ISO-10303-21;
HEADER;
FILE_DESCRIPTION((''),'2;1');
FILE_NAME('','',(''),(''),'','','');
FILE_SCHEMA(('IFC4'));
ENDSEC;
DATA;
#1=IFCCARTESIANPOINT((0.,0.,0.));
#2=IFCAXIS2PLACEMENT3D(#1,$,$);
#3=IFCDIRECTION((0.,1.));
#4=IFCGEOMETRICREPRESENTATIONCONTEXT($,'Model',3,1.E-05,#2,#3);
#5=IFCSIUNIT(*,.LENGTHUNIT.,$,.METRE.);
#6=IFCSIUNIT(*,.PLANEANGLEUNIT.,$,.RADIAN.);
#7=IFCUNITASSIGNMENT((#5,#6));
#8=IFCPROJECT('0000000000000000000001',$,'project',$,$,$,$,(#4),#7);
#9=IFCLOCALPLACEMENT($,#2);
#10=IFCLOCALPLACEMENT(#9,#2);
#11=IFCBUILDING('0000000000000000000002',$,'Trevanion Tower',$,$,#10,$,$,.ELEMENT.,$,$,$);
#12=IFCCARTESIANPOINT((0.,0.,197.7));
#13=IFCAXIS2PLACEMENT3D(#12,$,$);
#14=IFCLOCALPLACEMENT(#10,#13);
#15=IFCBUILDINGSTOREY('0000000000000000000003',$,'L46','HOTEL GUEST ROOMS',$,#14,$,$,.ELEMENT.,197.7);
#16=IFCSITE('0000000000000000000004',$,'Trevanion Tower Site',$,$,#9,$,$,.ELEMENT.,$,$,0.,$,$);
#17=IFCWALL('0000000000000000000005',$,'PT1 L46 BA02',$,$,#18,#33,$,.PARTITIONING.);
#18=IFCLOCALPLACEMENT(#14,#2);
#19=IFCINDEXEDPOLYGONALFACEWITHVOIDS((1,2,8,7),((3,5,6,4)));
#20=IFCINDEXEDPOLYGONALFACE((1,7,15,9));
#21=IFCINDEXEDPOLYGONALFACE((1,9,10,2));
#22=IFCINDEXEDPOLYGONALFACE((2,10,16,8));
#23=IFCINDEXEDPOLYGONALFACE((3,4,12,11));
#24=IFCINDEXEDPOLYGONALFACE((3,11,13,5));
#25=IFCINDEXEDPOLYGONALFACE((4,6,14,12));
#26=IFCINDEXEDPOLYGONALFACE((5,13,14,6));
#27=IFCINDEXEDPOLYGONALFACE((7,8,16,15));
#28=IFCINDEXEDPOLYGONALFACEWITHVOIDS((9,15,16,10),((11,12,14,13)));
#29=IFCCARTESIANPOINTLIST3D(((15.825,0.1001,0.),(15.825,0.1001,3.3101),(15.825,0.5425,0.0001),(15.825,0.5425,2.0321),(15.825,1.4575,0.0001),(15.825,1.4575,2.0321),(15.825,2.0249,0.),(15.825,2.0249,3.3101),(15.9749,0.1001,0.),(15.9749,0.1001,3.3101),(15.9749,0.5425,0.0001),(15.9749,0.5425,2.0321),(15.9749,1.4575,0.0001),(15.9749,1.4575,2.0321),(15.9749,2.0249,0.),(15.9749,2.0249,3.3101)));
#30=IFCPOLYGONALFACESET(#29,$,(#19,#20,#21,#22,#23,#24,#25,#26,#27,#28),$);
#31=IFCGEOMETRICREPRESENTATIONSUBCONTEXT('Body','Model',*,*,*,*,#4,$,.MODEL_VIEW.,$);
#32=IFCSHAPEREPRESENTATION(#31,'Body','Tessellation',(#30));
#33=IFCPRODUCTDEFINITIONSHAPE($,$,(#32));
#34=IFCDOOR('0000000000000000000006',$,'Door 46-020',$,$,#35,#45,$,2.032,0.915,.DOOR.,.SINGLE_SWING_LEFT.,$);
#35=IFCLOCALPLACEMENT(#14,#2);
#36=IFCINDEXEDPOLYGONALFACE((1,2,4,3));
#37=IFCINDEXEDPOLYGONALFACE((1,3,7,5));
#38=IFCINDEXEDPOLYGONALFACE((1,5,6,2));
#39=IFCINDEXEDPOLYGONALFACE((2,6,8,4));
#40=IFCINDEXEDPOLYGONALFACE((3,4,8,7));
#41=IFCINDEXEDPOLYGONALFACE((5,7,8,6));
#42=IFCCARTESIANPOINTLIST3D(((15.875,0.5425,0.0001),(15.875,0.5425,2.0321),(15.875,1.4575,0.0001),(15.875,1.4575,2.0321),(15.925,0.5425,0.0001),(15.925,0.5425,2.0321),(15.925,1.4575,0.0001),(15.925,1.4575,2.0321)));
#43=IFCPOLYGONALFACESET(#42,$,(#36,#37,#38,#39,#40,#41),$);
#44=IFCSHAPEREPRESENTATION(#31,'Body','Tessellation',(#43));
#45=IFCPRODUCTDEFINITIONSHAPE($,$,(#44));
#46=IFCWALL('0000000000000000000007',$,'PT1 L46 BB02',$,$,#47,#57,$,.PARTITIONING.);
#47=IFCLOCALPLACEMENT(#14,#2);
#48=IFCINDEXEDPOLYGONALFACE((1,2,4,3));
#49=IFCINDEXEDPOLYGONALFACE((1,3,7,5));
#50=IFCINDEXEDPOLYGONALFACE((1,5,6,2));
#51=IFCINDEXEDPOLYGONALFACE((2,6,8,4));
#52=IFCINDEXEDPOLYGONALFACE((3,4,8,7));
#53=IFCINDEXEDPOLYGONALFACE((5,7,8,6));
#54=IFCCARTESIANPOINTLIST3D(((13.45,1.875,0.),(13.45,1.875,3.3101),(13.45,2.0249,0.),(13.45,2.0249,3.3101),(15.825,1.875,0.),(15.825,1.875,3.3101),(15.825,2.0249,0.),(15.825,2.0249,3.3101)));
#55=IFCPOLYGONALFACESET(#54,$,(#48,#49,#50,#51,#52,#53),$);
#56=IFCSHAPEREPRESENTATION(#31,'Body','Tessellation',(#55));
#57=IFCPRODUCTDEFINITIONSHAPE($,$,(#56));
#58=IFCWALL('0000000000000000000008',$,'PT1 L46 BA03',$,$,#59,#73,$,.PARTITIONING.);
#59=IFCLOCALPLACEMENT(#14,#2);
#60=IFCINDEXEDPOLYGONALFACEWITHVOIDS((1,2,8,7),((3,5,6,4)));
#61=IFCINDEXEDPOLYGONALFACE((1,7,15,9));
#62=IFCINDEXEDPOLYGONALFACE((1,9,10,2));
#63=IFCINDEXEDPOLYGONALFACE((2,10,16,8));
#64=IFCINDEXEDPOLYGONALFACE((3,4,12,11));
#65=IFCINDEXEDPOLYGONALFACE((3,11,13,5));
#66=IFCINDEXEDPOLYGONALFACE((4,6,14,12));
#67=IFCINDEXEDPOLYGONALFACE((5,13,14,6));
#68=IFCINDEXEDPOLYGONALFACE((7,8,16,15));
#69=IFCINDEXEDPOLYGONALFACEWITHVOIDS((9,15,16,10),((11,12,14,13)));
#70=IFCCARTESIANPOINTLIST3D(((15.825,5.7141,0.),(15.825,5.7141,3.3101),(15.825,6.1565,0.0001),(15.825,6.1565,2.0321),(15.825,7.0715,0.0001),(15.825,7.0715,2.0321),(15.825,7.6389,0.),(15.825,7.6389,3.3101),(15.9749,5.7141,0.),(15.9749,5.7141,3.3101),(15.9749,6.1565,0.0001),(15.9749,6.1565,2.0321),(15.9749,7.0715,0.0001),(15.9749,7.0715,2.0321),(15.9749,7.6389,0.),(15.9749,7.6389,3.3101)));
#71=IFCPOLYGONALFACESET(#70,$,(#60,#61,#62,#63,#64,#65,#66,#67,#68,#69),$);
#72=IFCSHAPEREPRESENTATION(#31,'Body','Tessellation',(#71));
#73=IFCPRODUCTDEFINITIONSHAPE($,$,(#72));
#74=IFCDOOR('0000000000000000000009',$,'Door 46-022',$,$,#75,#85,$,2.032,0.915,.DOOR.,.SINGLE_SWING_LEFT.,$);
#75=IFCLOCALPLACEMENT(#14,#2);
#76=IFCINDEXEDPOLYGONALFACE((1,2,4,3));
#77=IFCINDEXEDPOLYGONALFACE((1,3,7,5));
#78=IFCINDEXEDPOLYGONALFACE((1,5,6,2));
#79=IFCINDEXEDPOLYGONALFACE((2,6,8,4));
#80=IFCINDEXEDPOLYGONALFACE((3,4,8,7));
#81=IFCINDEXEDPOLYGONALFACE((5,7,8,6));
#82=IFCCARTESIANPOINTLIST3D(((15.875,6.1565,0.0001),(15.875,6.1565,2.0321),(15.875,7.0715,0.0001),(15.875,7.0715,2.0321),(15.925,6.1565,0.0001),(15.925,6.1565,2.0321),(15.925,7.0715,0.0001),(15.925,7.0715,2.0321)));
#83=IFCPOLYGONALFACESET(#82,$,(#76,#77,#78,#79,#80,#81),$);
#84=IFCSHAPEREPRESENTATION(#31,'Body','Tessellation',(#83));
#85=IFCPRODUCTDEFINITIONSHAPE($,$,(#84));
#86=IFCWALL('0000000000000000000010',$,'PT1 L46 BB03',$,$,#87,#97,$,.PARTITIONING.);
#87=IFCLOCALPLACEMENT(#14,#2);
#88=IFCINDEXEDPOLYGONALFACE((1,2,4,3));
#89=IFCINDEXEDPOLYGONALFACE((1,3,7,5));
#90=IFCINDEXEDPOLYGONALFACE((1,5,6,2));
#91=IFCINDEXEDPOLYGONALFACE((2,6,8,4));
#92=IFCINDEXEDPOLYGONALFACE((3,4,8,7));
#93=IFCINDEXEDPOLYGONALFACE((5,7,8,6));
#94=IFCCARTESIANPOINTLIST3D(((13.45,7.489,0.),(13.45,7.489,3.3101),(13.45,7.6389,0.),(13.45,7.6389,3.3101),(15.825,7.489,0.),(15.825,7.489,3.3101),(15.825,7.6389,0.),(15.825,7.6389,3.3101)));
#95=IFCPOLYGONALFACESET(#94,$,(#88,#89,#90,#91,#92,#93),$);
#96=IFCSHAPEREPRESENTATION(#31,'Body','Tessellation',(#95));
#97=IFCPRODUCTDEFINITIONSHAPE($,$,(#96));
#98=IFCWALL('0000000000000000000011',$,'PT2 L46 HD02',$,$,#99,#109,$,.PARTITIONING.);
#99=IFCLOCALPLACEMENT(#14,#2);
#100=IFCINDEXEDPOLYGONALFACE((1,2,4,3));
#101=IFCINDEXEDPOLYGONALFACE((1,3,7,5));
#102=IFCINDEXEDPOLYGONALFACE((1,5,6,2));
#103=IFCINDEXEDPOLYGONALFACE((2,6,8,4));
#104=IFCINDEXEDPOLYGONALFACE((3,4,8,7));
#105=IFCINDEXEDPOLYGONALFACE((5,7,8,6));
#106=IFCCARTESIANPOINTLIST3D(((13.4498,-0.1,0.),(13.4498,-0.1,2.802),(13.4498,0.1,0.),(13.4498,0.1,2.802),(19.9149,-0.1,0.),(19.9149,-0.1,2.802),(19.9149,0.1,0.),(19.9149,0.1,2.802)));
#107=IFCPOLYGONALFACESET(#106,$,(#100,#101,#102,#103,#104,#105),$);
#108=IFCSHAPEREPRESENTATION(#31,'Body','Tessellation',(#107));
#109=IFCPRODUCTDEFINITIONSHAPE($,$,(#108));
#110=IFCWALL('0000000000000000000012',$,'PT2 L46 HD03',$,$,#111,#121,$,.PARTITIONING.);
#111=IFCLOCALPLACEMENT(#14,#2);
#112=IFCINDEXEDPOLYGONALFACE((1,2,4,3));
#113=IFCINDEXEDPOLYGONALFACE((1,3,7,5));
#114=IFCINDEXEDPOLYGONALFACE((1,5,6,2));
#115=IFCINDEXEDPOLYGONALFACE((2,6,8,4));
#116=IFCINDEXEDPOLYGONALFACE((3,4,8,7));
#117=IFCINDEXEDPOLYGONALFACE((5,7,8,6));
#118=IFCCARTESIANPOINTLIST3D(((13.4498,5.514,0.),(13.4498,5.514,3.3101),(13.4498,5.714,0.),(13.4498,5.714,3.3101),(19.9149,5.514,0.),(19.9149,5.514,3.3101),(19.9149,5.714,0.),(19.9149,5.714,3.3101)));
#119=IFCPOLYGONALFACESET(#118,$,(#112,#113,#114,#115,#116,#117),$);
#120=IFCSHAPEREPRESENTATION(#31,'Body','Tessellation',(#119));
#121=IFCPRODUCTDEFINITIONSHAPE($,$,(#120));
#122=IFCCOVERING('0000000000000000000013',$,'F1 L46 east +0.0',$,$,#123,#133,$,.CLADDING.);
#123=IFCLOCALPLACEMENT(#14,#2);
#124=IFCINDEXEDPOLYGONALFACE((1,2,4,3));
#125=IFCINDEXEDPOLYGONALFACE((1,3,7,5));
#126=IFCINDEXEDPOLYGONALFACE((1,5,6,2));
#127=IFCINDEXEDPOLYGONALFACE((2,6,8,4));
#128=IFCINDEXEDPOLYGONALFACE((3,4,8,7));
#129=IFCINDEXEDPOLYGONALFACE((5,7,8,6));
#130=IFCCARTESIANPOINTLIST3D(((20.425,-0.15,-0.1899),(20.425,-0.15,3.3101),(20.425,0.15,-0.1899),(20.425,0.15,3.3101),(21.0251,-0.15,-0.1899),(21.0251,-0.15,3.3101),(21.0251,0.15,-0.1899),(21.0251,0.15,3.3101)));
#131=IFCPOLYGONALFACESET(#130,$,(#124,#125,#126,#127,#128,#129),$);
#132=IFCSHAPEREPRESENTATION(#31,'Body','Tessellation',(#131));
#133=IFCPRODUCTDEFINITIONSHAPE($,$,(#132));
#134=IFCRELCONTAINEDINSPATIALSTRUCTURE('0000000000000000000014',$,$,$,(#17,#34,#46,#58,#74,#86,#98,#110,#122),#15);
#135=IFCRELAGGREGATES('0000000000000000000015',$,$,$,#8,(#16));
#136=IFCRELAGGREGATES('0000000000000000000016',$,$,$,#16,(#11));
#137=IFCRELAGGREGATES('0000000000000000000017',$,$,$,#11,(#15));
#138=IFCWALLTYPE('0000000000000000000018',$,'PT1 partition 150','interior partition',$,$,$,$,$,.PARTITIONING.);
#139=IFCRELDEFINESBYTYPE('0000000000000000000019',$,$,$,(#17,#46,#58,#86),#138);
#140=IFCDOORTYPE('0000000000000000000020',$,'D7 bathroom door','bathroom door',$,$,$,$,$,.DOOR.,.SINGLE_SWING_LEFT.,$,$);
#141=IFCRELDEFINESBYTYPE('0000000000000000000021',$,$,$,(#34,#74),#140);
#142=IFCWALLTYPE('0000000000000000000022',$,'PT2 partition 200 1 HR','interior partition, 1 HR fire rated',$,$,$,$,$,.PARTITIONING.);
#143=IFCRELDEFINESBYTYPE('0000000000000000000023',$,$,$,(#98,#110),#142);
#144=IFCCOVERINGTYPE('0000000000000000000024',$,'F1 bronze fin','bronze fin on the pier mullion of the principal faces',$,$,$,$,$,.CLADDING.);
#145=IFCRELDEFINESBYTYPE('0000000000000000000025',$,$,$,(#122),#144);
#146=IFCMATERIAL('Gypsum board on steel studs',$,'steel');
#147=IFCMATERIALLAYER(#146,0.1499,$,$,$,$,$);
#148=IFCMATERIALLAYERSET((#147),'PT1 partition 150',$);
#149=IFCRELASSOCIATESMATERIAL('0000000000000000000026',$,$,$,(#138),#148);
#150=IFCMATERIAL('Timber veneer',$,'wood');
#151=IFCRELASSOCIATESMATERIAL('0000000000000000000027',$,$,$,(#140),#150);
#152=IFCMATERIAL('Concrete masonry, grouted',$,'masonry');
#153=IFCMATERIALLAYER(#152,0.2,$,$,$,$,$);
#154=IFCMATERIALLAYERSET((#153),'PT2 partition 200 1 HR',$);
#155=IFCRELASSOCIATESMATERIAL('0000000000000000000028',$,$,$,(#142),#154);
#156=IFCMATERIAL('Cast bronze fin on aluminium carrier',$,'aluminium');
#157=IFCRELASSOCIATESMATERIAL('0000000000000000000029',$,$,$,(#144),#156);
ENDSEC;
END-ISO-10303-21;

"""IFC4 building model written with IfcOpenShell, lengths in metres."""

from ifc_helpers import new_model, si_unit, direction, frame, frame_2d, origin, origin_2d, place, context, subcontext, project, spatial, rectangle, extrude, material, layer, layer_set, type_object, element, fill, save


model = new_model("IFC4")

# Units and contexts
model_context = context("Model", 3, precision=1e-05, world=origin(), true_north=direction((0.0, 1.0)))
body_context = subcontext(model_context, "Body", "Model", "MODEL_VIEW")
ifc_project = project(units=[si_unit("LENGTHUNIT", "METRE"), si_unit("PLANEANGLEUNIT", "RADIAN")], contexts=[model_context])

# Site, building, storey
site_placement = place(None, origin())
site = spatial("IfcSite", under=ifc_project, at=site_placement, Name="Trevanion Tower Site", CompositionType="ELEMENT", RefElevation=0.0)
building_placement = place(site_placement, origin())
building = spatial("IfcBuilding", under=site, at=building_placement, Name="Trevanion Tower", CompositionType="ELEMENT")
storey_placement = place(building_placement, frame((0.0, 0.0, 197.7)))
storey = spatial("IfcBuildingStorey", under=building, at=storey_placement, Name="L46", Description="HOTEL GUEST ROOMS", CompositionType="ELEMENT", Elevation=197.7)

# Wall, opening, door
ifc_material_1 = material(Name="Gypsum board on steel studs", Category="steel")
ifc_layer_1 = layer(ifc_material_1, 0.1499)
ifc_layer_set_1 = layer_set([ifc_layer_1], Name="PT1 partition 150")
wall_type_1 = type_object("IfcWallType", Name="PT1 partition 150", Description="interior partition", PredefinedType="PARTITIONING", material=ifc_layer_set_1)
wall_1_placement = place(storey_placement, frame((15.8999, 0.1001, 0.0), z_axis=(0.0, 0.0, 1.0), x_axis=(0.0, 1.0, 0.0)))
wall_1 = element("IfcWall", 1, at=wall_1_placement, inside=storey, type_object=wall_type_1, Name="PT1 L46 BA02", PredefinedType="PARTITIONING", context=body_context, shape_type="SweptSolid", body=[
    extrude(rectangle(XDim=1.9248, YDim=0.1499, at=frame_2d((0.9624, 0.0))), origin(), (0.0, 0.0, 1.0), 3.3101),
])
opening_1_placement = place(wall_1_placement, frame((0.4424, 0.0, 0.0)))
opening_1 = element("IfcOpeningElement", 2, at=opening_1_placement, cuts=wall_1, PredefinedType="OPENING", context=body_context, shape_type="SweptSolid", body=[
    extrude(rectangle(XDim=0.915, YDim=2.032, at=frame_2d((0.4575, 1.0161))), frame((0.0, 0.085, 0.0), z_axis=(0.0, -1.0, 0.0), x_axis=(1.0, 0.0, 0.0)), (0.0, 0.0, 1.0), 0.1699),
])
ifc_material_2 = material(Name="Timber veneer", Category="wood")
door_type = type_object("IfcDoorType", Name="D7 bathroom door", Description="bathroom door", OperationType="SINGLE_SWING_LEFT", PredefinedType="DOOR", material=ifc_material_2)
door_1_placement = place(opening_1_placement, origin())
door_1 = element("IfcDoor", 3, at=door_1_placement, inside=storey, type_object=door_type, Name="Door 46-020", OperationType="SINGLE_SWING_LEFT", OverallHeight=2.032, OverallWidth=0.915, PredefinedType="DOOR", context=body_context, shape_type="SweptSolid", body=[
    extrude(rectangle(XDim=0.915, YDim=2.032, at=frame_2d((0.4575, 1.0161))), frame((0.0, 0.0249, 0.0), z_axis=(0.0, -1.0, 0.0), x_axis=(1.0, 0.0, 0.0)), (0.0, 0.0, 1.0), 0.05),
])
fill(opening_1, door_1)

# Wall
wall_2_placement = place(storey_placement, frame((13.45, 1.95, 0.0), z_axis=(0.0, 0.0, 1.0), x_axis=(1.0, 0.0, 0.0)))
element("IfcWall", 4, at=wall_2_placement, inside=storey, type_object=wall_type_1, Name="PT1 L46 BB02", PredefinedType="PARTITIONING", context=body_context, shape_type="SweptSolid", body=[
    extrude(rectangle(XDim=2.375, YDim=0.1499, at=frame_2d((1.1875, 0.0))), origin(), (0.0, 0.0, 1.0), 3.3101),
])

# Wall, opening, door
wall_3_placement = place(storey_placement, frame((15.8999, 5.7141, 0.0), z_axis=(0.0, 0.0, 1.0), x_axis=(0.0, 1.0, 0.0)))
wall_3 = element("IfcWall", 5, at=wall_3_placement, inside=storey, type_object=wall_type_1, Name="PT1 L46 BA03", PredefinedType="PARTITIONING", context=body_context, shape_type="SweptSolid", body=[
    extrude(rectangle(XDim=1.9248, YDim=0.1499, at=frame_2d((0.9624, 0.0))), origin(), (0.0, 0.0, 1.0), 3.3101),
])
opening_2_placement = place(wall_3_placement, frame((0.4424, 0.0, 0.0)))
opening_2 = element("IfcOpeningElement", 6, at=opening_2_placement, cuts=wall_3, PredefinedType="OPENING", context=body_context, shape_type="SweptSolid", body=[
    extrude(rectangle(XDim=0.915, YDim=2.032, at=frame_2d((0.4575, 1.0161))), frame((0.0, 0.085, 0.0), z_axis=(0.0, -1.0, 0.0), x_axis=(1.0, 0.0, 0.0)), (0.0, 0.0, 1.0), 0.1699),
])
door_2_placement = place(opening_2_placement, origin())
door_2 = element("IfcDoor", 7, at=door_2_placement, inside=storey, type_object=door_type, Name="Door 46-022", OperationType="SINGLE_SWING_LEFT", OverallHeight=2.032, OverallWidth=0.915, PredefinedType="DOOR", context=body_context, shape_type="SweptSolid", body=[
    extrude(rectangle(XDim=0.915, YDim=2.032, at=frame_2d((0.4575, 1.0161))), frame((0.0, 0.0249, 0.0), z_axis=(0.0, -1.0, 0.0), x_axis=(1.0, 0.0, 0.0)), (0.0, 0.0, 1.0), 0.05),
])
fill(opening_2, door_2)

# Walls
wall_4_placement = place(storey_placement, frame((13.45, 7.564, 0.0), z_axis=(0.0, 0.0, 1.0), x_axis=(1.0, 0.0, 0.0)))
element("IfcWall", 8, at=wall_4_placement, inside=storey, type_object=wall_type_1, Name="PT1 L46 BB03", PredefinedType="PARTITIONING", context=body_context, shape_type="SweptSolid", body=[
    extrude(rectangle(XDim=2.375, YDim=0.1499, at=frame_2d((1.1875, 0.0))), origin(), (0.0, 0.0, 1.0), 3.3101),
])
ifc_material_3 = material(Name="Concrete masonry, grouted", Category="masonry")
ifc_layer_2 = layer(ifc_material_3, 0.2)
ifc_layer_set_2 = layer_set([ifc_layer_2], Name="PT2 partition 200 1 HR")
wall_type_2 = type_object("IfcWallType", Name="PT2 partition 200 1 HR", Description="interior partition, 1 HR fire rated", PredefinedType="PARTITIONING", material=ifc_layer_set_2)
wall_5_placement = place(storey_placement, frame((13.45, 0.0, 0.0), z_axis=(0.0, 0.0, 1.0), x_axis=(1.0, 0.0, 0.0)))
element("IfcWall", 9, at=wall_5_placement, inside=storey, type_object=wall_type_2, Name="PT2 L46 HD02", PredefinedType="PARTITIONING", context=body_context, shape_type="SweptSolid", body=[
    extrude(rectangle(XDim=6.4651, YDim=0.2, at=frame_2d((3.2324, 0.0))), origin(), (0.0, 0.0, 1.0), 2.802),
])
wall_6_placement = place(storey_placement, frame((13.45, 5.614, 0.0), z_axis=(0.0, 0.0, 1.0), x_axis=(1.0, 0.0, 0.0)))
element("IfcWall", 10, at=wall_6_placement, inside=storey, type_object=wall_type_2, Name="PT2 L46 HD03", PredefinedType="PARTITIONING", context=body_context, shape_type="SweptSolid", body=[
    extrude(rectangle(XDim=6.4651, YDim=0.2, at=frame_2d((3.2324, 0.0))), origin(), (0.0, 0.0, 1.0), 3.3101),
])

# Covering
ifc_material_4 = material(Name="Cast bronze fin on aluminium carrier", Category="aluminium")
covering_type = type_object("IfcCoveringType", Name="F1 bronze fin", Description="bronze fin on the pier mullion of the principal faces", PredefinedType="CLADDING", material=ifc_material_4)
covering_placement = place(storey_placement, frame((20.7251, 0.0, -0.1899), z_axis=(0.0, 0.0, 1.0), x_axis=(0.0, 1.0, 0.0)))
element("IfcCovering", 11, at=covering_placement, inside=storey, type_object=covering_type, Name="F1 L46 east +0.0", PredefinedType="CLADDING", context=body_context, shape_type="SweptSolid", body=[
    extrude(rectangle(XDim=0.3, YDim=0.6001, at=origin_2d()), origin(), (0.0, 0.0, 1.0), 3.5),
])

save(model, "model.ifc")
